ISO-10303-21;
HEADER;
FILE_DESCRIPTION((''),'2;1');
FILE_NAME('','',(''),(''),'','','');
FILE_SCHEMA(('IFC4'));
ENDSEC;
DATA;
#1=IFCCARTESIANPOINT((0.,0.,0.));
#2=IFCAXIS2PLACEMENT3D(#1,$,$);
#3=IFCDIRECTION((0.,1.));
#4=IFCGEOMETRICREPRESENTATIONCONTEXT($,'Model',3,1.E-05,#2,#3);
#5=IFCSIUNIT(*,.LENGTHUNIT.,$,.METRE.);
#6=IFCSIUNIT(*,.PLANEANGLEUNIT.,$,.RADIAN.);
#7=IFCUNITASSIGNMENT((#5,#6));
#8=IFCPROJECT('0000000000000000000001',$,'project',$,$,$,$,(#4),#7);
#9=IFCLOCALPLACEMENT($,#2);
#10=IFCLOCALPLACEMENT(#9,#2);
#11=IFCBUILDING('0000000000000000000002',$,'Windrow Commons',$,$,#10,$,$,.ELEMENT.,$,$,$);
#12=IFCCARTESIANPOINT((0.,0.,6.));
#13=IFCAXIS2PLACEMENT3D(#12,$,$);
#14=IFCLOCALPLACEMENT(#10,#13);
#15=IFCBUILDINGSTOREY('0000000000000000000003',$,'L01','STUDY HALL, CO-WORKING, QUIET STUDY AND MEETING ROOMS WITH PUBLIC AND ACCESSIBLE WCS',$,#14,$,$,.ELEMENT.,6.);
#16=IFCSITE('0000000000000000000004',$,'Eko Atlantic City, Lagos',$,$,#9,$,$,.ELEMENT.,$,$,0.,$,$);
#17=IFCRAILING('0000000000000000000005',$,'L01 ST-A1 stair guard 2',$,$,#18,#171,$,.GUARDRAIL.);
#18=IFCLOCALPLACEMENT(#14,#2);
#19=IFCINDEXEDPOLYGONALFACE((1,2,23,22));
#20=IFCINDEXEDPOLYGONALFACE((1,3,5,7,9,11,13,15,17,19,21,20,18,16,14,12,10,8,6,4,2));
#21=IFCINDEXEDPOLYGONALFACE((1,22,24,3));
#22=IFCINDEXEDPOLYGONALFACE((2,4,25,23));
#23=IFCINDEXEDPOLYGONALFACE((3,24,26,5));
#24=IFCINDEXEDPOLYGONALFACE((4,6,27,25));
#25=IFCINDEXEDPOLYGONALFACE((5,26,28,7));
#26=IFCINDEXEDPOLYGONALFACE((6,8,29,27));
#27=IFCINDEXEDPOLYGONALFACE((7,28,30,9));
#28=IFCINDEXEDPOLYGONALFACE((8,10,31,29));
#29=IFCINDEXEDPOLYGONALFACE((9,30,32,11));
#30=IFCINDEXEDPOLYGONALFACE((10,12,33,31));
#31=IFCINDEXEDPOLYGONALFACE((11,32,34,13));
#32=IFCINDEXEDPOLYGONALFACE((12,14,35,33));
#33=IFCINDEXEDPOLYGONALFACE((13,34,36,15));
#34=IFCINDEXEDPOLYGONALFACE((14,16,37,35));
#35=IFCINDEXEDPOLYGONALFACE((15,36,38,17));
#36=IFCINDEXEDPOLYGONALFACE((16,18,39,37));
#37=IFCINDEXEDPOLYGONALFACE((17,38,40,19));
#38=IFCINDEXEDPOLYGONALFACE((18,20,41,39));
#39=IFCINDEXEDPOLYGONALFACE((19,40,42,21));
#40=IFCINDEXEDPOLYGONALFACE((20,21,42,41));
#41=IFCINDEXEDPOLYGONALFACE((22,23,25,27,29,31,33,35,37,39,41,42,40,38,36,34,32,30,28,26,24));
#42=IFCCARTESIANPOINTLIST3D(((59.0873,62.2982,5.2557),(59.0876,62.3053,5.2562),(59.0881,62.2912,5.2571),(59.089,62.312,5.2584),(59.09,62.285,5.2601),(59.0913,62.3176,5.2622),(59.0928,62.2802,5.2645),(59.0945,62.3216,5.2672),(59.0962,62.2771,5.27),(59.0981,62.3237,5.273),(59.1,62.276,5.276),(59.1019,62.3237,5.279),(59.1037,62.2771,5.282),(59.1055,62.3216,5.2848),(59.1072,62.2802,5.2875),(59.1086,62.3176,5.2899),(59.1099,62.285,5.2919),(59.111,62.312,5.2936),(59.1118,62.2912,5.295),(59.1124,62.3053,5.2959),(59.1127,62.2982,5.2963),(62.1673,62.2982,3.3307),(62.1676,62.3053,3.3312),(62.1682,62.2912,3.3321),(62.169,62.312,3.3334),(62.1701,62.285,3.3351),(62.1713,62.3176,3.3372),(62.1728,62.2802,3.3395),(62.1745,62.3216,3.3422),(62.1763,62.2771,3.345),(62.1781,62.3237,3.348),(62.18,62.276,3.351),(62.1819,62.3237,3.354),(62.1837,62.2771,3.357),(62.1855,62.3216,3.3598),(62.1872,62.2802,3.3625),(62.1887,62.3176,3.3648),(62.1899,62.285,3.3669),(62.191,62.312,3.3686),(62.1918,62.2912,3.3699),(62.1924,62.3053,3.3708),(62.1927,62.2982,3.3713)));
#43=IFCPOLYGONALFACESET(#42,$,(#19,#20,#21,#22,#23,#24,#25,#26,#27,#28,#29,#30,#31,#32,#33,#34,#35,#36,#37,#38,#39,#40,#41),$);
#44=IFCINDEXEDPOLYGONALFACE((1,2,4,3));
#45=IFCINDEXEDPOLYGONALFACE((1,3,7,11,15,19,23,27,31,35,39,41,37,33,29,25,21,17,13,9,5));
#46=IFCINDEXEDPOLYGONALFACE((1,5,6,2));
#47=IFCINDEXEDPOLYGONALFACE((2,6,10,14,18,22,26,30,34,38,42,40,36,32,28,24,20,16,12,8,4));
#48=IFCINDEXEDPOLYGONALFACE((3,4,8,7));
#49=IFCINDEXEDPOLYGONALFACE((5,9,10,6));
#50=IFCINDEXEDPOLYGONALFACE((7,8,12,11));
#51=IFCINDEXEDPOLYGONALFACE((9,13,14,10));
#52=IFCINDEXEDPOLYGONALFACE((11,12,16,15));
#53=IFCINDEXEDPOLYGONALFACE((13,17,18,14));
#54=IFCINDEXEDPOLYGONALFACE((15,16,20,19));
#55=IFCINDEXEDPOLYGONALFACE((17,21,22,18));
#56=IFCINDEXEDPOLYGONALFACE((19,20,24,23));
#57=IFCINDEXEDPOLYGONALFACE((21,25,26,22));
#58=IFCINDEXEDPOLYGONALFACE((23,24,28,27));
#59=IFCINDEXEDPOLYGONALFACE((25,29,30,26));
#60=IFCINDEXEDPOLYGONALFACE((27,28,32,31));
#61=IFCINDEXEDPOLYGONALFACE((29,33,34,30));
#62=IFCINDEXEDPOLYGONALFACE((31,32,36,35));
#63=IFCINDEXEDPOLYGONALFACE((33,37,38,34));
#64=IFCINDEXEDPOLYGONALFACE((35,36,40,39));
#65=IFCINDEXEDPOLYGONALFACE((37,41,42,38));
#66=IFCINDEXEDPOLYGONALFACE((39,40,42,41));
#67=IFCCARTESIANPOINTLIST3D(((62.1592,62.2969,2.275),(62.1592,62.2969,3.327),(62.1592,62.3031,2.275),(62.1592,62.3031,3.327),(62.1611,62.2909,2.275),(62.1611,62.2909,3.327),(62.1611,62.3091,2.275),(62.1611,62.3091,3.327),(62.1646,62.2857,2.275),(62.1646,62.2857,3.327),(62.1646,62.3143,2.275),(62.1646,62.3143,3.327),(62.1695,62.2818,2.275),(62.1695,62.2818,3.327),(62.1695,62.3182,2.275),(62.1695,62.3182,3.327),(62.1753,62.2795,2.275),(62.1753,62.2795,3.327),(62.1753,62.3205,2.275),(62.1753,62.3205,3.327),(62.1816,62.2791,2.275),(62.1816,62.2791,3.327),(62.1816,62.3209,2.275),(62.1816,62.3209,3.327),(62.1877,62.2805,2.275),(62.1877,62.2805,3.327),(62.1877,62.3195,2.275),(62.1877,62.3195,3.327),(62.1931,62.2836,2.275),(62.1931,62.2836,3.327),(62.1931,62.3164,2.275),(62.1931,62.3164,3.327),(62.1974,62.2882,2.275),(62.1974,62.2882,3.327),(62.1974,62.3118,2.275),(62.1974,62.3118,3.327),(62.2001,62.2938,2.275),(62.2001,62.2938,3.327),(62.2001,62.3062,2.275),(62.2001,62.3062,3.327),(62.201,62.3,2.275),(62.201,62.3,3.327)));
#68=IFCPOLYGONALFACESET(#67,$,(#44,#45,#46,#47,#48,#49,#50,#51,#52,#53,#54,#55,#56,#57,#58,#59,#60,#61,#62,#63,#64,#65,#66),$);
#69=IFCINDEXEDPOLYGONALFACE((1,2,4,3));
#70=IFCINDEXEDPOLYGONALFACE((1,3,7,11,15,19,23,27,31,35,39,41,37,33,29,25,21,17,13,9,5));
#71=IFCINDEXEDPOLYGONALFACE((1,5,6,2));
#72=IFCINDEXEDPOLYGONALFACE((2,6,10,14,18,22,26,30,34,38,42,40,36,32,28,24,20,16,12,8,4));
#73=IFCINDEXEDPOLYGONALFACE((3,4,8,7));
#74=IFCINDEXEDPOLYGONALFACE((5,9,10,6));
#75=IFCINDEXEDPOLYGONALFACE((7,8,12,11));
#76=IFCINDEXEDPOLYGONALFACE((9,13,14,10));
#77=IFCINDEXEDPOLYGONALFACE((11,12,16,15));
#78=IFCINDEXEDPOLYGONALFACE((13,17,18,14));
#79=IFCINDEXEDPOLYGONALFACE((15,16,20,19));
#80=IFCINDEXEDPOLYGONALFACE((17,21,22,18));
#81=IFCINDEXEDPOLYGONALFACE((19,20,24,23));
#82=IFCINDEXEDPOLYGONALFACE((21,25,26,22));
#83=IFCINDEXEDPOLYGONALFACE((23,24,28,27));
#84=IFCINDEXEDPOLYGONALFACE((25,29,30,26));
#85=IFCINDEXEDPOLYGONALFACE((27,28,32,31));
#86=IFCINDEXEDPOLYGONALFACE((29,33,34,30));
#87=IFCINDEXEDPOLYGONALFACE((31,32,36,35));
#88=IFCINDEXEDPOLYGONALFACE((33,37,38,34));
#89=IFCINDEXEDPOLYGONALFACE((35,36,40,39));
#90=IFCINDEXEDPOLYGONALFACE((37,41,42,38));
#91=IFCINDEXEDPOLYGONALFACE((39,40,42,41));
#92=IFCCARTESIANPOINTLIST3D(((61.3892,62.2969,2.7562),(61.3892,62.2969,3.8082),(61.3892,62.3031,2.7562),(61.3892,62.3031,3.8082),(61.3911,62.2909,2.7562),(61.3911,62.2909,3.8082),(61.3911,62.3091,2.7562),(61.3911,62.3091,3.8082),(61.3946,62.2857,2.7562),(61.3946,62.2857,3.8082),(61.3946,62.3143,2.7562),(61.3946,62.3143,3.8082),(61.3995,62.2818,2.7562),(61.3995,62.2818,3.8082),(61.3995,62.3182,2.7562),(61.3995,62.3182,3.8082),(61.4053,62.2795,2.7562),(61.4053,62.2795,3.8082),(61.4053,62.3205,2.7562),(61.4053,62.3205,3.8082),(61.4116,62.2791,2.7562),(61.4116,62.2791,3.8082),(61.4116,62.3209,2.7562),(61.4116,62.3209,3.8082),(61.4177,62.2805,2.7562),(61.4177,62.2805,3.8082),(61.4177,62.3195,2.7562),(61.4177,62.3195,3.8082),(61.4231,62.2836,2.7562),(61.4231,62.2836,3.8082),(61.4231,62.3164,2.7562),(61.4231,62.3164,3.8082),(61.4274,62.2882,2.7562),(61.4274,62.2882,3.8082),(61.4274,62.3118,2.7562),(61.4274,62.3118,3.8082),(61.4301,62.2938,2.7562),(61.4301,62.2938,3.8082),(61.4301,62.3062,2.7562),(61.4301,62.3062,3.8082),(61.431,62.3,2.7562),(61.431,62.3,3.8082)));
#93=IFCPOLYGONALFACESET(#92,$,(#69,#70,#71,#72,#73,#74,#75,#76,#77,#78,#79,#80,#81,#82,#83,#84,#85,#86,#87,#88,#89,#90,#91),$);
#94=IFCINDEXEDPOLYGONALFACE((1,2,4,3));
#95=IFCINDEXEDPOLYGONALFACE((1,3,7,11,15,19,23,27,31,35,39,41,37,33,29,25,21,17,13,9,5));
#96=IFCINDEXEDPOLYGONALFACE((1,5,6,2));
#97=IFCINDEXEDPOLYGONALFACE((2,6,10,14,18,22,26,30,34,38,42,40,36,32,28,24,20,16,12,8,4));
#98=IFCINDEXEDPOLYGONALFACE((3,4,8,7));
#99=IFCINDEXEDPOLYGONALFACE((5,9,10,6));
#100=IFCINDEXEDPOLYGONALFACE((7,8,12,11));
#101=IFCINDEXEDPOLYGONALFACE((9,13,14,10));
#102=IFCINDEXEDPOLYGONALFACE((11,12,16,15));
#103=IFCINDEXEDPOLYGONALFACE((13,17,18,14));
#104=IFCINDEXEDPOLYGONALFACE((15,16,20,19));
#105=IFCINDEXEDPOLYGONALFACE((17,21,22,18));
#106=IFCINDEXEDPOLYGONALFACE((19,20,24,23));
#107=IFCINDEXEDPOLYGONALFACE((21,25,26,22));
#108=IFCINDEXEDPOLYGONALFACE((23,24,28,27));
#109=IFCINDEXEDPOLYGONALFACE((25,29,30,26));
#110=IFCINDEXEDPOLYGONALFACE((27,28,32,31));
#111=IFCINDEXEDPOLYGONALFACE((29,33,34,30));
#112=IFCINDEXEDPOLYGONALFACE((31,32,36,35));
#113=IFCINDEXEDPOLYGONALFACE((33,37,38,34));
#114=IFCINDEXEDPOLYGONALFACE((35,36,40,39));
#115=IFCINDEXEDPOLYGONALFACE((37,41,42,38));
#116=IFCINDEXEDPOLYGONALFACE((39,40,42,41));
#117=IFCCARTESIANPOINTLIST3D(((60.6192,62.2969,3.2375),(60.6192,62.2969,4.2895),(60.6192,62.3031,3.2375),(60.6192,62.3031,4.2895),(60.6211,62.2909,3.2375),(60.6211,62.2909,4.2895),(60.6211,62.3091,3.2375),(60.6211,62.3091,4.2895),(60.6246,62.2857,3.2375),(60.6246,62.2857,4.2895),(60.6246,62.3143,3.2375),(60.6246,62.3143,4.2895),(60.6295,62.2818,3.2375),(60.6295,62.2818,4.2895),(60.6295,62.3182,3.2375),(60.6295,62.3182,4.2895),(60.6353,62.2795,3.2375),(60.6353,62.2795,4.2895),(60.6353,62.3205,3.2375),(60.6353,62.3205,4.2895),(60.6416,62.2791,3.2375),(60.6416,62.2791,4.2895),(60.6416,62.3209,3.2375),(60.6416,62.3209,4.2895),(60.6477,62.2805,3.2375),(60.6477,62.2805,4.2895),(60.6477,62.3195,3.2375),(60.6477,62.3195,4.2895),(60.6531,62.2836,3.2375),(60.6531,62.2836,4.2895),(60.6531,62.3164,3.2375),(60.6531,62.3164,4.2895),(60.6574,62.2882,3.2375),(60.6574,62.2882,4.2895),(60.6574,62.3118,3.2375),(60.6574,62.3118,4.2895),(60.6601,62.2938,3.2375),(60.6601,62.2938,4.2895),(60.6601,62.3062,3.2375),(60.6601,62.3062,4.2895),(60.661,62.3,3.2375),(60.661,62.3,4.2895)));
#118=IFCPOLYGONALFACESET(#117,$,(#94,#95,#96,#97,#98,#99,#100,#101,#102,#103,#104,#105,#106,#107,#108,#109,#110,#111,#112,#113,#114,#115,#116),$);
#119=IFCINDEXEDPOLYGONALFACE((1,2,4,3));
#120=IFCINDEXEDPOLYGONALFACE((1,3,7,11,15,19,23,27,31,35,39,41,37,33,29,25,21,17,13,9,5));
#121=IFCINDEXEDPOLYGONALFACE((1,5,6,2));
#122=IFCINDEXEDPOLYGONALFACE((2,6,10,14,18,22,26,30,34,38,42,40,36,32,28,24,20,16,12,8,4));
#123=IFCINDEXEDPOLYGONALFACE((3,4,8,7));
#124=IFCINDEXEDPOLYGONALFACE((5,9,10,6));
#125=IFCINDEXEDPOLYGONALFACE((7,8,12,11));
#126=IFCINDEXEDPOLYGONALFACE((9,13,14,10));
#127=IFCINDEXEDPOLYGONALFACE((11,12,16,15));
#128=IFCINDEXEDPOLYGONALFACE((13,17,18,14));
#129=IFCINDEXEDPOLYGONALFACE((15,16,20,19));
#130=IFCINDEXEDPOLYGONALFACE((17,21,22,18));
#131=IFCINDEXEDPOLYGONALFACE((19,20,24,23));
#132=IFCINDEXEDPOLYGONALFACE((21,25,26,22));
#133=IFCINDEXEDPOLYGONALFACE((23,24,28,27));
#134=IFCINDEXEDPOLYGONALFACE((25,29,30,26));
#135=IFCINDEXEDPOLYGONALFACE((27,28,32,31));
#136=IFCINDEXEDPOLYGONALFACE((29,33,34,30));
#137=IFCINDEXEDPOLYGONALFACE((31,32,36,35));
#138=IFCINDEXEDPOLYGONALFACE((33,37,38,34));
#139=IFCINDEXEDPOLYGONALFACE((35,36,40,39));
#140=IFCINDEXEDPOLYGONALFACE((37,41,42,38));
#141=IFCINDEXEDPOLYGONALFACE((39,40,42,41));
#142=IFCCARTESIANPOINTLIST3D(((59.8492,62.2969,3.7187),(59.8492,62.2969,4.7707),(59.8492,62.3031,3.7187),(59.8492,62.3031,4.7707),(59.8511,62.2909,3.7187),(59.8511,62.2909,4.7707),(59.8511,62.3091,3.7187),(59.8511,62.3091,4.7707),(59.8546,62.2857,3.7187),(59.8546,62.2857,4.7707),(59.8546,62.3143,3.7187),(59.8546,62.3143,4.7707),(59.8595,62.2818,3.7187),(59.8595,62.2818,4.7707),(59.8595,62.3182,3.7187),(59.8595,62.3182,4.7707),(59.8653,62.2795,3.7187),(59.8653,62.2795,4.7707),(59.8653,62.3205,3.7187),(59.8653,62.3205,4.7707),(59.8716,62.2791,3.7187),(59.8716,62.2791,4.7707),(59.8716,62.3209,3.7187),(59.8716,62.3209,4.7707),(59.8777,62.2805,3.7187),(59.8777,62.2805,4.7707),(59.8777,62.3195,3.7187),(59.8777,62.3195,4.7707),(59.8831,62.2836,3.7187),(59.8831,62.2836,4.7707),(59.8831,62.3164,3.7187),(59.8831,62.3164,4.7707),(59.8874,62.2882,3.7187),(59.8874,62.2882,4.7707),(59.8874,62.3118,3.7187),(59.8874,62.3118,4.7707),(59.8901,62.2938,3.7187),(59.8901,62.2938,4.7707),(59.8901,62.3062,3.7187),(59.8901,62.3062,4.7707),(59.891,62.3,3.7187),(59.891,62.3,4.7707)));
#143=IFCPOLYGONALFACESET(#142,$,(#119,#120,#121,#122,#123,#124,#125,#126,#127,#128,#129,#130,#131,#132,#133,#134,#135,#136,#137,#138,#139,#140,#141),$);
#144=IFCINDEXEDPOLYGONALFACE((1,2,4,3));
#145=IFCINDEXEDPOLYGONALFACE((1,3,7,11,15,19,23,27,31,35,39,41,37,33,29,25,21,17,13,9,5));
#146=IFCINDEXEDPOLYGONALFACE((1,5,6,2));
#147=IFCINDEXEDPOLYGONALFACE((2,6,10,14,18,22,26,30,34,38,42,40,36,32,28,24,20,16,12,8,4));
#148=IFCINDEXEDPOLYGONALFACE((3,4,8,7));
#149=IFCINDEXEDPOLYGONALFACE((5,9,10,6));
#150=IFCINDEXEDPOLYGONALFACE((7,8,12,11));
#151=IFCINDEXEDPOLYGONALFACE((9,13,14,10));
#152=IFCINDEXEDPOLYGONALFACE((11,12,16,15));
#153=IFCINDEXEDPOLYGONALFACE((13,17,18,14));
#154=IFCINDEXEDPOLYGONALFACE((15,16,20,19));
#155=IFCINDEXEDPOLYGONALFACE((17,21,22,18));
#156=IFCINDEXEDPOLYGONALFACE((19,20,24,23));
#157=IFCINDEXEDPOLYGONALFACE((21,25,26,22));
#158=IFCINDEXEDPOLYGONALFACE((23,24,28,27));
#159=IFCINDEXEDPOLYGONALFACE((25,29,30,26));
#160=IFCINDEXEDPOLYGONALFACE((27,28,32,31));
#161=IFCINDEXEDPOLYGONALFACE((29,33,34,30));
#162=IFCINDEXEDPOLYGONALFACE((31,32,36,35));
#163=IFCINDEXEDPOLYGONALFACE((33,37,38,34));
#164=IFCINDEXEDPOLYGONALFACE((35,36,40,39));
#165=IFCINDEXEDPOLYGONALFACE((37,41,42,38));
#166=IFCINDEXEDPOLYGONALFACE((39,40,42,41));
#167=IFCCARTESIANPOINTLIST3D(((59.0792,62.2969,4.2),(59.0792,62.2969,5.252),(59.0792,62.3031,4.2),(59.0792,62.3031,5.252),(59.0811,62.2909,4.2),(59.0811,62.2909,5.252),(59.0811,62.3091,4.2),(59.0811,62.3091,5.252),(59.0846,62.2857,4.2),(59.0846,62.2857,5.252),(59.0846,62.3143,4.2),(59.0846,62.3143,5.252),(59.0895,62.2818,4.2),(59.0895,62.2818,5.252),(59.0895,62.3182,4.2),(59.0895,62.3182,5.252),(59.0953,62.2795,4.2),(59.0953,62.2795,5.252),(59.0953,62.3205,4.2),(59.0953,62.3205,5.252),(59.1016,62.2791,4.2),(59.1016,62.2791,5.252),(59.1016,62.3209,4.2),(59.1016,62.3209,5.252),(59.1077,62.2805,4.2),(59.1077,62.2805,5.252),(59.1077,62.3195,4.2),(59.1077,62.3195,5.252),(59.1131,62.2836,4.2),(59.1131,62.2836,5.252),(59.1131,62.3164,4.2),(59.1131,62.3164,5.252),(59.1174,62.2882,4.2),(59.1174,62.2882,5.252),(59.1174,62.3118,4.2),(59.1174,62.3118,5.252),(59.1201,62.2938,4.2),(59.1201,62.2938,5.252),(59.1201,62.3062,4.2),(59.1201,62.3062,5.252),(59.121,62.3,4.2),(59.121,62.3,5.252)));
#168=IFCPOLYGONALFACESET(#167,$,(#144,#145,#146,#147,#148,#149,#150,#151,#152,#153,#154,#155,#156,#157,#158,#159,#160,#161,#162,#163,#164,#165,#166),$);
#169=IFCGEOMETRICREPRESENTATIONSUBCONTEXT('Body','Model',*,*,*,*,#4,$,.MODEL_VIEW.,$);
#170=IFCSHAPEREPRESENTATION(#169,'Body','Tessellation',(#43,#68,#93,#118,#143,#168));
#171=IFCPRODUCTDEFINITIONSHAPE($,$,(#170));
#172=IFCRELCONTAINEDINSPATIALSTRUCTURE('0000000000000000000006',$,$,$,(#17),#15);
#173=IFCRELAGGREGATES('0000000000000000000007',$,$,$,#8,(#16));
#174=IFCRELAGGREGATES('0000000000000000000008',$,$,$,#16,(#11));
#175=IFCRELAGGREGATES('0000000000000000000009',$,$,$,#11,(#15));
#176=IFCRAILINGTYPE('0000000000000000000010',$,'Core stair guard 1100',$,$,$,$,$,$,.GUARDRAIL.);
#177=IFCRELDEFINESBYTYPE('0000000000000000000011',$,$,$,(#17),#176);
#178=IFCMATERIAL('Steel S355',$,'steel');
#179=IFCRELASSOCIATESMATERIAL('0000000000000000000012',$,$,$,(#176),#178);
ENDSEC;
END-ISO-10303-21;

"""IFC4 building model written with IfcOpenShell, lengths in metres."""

from ifc_helpers import new_model, si_unit, direction, frame, origin, origin_2d, place, context, subcontext, project, spatial, circle, extrude, material, type_object, element, save


model = new_model("IFC4")

# Units and contexts
model_context = context("Model", 3, precision=1e-05, world=origin(), true_north=direction((0.0, 1.0)))
body_context = subcontext(model_context, "Body", "Model", "MODEL_VIEW")
ifc_project = project(units=[si_unit("LENGTHUNIT", "METRE"), si_unit("PLANEANGLEUNIT", "RADIAN")], contexts=[model_context])

# Site, building, storey
site_placement = place(None, origin())
site = spatial("IfcSite", under=ifc_project, at=site_placement, Name="Eko Atlantic City, Lagos", CompositionType="ELEMENT", RefElevation=0.0)
building_placement = place(site_placement, origin())
building = spatial("IfcBuilding", under=site, at=building_placement, Name="Windrow Commons", CompositionType="ELEMENT")
storey_placement = place(building_placement, frame((0.0, 0.0, 6.0)))
storey = spatial("IfcBuildingStorey", under=building, at=storey_placement, Name="L01", Description="STUDY HALL, CO-WORKING, QUIET STUDY AND MEETING ROOMS WITH PUBLIC AND ACCESSIBLE WCS", CompositionType="ELEMENT", Elevation=6.0)

# Railing
ifc_material_1 = material(Name="Steel S355", Category="steel")
railing_type_1 = type_object("IfcRailingType", Name="Core stair guard 1100", PredefinedType="GUARDRAIL", material=ifc_material_1)
railing_1_placement = place(storey_placement, frame((62.18, 62.3, 2.275)))
element("IfcRailing", 1, at=railing_1_placement, inside=storey, type_object=railing_type_1, Name="L01 ST-A1 stair guard 2", PredefinedType="GUARDRAIL", context=body_context, shape_type="SweptSolid", body=[
    extrude(circle(Radius=0.024, at=origin_2d()), frame((0.0, 0.0, 1.076), z_axis=(-0.847998, 0.0, 0.529999), x_axis=(0.0, -1.0, 0.0)), (0.0, 0.0, 1.0), 3.6321),
    extrude(circle(Radius=0.021, at=origin_2d()), origin(), (0.0, 0.0, 1.0), 1.052),
    extrude(circle(Radius=0.021, at=origin_2d()), frame((-0.77, 0.0, 0.4812)), (0.0, 0.0, 1.0), 1.052),
    extrude(circle(Radius=0.021, at=origin_2d()), frame((-1.54, 0.0, 0.9625)), (0.0, 0.0, 1.0), 1.052),
    extrude(circle(Radius=0.021, at=origin_2d()), frame((-2.31, 0.0, 1.4437)), (0.0, 0.0, 1.0), 1.052),
    extrude(circle(Radius=0.021, at=origin_2d()), frame((-3.08, 0.0, 1.925)), (0.0, 0.0, 1.0), 1.052),
])

save(model, "model.ifc")
